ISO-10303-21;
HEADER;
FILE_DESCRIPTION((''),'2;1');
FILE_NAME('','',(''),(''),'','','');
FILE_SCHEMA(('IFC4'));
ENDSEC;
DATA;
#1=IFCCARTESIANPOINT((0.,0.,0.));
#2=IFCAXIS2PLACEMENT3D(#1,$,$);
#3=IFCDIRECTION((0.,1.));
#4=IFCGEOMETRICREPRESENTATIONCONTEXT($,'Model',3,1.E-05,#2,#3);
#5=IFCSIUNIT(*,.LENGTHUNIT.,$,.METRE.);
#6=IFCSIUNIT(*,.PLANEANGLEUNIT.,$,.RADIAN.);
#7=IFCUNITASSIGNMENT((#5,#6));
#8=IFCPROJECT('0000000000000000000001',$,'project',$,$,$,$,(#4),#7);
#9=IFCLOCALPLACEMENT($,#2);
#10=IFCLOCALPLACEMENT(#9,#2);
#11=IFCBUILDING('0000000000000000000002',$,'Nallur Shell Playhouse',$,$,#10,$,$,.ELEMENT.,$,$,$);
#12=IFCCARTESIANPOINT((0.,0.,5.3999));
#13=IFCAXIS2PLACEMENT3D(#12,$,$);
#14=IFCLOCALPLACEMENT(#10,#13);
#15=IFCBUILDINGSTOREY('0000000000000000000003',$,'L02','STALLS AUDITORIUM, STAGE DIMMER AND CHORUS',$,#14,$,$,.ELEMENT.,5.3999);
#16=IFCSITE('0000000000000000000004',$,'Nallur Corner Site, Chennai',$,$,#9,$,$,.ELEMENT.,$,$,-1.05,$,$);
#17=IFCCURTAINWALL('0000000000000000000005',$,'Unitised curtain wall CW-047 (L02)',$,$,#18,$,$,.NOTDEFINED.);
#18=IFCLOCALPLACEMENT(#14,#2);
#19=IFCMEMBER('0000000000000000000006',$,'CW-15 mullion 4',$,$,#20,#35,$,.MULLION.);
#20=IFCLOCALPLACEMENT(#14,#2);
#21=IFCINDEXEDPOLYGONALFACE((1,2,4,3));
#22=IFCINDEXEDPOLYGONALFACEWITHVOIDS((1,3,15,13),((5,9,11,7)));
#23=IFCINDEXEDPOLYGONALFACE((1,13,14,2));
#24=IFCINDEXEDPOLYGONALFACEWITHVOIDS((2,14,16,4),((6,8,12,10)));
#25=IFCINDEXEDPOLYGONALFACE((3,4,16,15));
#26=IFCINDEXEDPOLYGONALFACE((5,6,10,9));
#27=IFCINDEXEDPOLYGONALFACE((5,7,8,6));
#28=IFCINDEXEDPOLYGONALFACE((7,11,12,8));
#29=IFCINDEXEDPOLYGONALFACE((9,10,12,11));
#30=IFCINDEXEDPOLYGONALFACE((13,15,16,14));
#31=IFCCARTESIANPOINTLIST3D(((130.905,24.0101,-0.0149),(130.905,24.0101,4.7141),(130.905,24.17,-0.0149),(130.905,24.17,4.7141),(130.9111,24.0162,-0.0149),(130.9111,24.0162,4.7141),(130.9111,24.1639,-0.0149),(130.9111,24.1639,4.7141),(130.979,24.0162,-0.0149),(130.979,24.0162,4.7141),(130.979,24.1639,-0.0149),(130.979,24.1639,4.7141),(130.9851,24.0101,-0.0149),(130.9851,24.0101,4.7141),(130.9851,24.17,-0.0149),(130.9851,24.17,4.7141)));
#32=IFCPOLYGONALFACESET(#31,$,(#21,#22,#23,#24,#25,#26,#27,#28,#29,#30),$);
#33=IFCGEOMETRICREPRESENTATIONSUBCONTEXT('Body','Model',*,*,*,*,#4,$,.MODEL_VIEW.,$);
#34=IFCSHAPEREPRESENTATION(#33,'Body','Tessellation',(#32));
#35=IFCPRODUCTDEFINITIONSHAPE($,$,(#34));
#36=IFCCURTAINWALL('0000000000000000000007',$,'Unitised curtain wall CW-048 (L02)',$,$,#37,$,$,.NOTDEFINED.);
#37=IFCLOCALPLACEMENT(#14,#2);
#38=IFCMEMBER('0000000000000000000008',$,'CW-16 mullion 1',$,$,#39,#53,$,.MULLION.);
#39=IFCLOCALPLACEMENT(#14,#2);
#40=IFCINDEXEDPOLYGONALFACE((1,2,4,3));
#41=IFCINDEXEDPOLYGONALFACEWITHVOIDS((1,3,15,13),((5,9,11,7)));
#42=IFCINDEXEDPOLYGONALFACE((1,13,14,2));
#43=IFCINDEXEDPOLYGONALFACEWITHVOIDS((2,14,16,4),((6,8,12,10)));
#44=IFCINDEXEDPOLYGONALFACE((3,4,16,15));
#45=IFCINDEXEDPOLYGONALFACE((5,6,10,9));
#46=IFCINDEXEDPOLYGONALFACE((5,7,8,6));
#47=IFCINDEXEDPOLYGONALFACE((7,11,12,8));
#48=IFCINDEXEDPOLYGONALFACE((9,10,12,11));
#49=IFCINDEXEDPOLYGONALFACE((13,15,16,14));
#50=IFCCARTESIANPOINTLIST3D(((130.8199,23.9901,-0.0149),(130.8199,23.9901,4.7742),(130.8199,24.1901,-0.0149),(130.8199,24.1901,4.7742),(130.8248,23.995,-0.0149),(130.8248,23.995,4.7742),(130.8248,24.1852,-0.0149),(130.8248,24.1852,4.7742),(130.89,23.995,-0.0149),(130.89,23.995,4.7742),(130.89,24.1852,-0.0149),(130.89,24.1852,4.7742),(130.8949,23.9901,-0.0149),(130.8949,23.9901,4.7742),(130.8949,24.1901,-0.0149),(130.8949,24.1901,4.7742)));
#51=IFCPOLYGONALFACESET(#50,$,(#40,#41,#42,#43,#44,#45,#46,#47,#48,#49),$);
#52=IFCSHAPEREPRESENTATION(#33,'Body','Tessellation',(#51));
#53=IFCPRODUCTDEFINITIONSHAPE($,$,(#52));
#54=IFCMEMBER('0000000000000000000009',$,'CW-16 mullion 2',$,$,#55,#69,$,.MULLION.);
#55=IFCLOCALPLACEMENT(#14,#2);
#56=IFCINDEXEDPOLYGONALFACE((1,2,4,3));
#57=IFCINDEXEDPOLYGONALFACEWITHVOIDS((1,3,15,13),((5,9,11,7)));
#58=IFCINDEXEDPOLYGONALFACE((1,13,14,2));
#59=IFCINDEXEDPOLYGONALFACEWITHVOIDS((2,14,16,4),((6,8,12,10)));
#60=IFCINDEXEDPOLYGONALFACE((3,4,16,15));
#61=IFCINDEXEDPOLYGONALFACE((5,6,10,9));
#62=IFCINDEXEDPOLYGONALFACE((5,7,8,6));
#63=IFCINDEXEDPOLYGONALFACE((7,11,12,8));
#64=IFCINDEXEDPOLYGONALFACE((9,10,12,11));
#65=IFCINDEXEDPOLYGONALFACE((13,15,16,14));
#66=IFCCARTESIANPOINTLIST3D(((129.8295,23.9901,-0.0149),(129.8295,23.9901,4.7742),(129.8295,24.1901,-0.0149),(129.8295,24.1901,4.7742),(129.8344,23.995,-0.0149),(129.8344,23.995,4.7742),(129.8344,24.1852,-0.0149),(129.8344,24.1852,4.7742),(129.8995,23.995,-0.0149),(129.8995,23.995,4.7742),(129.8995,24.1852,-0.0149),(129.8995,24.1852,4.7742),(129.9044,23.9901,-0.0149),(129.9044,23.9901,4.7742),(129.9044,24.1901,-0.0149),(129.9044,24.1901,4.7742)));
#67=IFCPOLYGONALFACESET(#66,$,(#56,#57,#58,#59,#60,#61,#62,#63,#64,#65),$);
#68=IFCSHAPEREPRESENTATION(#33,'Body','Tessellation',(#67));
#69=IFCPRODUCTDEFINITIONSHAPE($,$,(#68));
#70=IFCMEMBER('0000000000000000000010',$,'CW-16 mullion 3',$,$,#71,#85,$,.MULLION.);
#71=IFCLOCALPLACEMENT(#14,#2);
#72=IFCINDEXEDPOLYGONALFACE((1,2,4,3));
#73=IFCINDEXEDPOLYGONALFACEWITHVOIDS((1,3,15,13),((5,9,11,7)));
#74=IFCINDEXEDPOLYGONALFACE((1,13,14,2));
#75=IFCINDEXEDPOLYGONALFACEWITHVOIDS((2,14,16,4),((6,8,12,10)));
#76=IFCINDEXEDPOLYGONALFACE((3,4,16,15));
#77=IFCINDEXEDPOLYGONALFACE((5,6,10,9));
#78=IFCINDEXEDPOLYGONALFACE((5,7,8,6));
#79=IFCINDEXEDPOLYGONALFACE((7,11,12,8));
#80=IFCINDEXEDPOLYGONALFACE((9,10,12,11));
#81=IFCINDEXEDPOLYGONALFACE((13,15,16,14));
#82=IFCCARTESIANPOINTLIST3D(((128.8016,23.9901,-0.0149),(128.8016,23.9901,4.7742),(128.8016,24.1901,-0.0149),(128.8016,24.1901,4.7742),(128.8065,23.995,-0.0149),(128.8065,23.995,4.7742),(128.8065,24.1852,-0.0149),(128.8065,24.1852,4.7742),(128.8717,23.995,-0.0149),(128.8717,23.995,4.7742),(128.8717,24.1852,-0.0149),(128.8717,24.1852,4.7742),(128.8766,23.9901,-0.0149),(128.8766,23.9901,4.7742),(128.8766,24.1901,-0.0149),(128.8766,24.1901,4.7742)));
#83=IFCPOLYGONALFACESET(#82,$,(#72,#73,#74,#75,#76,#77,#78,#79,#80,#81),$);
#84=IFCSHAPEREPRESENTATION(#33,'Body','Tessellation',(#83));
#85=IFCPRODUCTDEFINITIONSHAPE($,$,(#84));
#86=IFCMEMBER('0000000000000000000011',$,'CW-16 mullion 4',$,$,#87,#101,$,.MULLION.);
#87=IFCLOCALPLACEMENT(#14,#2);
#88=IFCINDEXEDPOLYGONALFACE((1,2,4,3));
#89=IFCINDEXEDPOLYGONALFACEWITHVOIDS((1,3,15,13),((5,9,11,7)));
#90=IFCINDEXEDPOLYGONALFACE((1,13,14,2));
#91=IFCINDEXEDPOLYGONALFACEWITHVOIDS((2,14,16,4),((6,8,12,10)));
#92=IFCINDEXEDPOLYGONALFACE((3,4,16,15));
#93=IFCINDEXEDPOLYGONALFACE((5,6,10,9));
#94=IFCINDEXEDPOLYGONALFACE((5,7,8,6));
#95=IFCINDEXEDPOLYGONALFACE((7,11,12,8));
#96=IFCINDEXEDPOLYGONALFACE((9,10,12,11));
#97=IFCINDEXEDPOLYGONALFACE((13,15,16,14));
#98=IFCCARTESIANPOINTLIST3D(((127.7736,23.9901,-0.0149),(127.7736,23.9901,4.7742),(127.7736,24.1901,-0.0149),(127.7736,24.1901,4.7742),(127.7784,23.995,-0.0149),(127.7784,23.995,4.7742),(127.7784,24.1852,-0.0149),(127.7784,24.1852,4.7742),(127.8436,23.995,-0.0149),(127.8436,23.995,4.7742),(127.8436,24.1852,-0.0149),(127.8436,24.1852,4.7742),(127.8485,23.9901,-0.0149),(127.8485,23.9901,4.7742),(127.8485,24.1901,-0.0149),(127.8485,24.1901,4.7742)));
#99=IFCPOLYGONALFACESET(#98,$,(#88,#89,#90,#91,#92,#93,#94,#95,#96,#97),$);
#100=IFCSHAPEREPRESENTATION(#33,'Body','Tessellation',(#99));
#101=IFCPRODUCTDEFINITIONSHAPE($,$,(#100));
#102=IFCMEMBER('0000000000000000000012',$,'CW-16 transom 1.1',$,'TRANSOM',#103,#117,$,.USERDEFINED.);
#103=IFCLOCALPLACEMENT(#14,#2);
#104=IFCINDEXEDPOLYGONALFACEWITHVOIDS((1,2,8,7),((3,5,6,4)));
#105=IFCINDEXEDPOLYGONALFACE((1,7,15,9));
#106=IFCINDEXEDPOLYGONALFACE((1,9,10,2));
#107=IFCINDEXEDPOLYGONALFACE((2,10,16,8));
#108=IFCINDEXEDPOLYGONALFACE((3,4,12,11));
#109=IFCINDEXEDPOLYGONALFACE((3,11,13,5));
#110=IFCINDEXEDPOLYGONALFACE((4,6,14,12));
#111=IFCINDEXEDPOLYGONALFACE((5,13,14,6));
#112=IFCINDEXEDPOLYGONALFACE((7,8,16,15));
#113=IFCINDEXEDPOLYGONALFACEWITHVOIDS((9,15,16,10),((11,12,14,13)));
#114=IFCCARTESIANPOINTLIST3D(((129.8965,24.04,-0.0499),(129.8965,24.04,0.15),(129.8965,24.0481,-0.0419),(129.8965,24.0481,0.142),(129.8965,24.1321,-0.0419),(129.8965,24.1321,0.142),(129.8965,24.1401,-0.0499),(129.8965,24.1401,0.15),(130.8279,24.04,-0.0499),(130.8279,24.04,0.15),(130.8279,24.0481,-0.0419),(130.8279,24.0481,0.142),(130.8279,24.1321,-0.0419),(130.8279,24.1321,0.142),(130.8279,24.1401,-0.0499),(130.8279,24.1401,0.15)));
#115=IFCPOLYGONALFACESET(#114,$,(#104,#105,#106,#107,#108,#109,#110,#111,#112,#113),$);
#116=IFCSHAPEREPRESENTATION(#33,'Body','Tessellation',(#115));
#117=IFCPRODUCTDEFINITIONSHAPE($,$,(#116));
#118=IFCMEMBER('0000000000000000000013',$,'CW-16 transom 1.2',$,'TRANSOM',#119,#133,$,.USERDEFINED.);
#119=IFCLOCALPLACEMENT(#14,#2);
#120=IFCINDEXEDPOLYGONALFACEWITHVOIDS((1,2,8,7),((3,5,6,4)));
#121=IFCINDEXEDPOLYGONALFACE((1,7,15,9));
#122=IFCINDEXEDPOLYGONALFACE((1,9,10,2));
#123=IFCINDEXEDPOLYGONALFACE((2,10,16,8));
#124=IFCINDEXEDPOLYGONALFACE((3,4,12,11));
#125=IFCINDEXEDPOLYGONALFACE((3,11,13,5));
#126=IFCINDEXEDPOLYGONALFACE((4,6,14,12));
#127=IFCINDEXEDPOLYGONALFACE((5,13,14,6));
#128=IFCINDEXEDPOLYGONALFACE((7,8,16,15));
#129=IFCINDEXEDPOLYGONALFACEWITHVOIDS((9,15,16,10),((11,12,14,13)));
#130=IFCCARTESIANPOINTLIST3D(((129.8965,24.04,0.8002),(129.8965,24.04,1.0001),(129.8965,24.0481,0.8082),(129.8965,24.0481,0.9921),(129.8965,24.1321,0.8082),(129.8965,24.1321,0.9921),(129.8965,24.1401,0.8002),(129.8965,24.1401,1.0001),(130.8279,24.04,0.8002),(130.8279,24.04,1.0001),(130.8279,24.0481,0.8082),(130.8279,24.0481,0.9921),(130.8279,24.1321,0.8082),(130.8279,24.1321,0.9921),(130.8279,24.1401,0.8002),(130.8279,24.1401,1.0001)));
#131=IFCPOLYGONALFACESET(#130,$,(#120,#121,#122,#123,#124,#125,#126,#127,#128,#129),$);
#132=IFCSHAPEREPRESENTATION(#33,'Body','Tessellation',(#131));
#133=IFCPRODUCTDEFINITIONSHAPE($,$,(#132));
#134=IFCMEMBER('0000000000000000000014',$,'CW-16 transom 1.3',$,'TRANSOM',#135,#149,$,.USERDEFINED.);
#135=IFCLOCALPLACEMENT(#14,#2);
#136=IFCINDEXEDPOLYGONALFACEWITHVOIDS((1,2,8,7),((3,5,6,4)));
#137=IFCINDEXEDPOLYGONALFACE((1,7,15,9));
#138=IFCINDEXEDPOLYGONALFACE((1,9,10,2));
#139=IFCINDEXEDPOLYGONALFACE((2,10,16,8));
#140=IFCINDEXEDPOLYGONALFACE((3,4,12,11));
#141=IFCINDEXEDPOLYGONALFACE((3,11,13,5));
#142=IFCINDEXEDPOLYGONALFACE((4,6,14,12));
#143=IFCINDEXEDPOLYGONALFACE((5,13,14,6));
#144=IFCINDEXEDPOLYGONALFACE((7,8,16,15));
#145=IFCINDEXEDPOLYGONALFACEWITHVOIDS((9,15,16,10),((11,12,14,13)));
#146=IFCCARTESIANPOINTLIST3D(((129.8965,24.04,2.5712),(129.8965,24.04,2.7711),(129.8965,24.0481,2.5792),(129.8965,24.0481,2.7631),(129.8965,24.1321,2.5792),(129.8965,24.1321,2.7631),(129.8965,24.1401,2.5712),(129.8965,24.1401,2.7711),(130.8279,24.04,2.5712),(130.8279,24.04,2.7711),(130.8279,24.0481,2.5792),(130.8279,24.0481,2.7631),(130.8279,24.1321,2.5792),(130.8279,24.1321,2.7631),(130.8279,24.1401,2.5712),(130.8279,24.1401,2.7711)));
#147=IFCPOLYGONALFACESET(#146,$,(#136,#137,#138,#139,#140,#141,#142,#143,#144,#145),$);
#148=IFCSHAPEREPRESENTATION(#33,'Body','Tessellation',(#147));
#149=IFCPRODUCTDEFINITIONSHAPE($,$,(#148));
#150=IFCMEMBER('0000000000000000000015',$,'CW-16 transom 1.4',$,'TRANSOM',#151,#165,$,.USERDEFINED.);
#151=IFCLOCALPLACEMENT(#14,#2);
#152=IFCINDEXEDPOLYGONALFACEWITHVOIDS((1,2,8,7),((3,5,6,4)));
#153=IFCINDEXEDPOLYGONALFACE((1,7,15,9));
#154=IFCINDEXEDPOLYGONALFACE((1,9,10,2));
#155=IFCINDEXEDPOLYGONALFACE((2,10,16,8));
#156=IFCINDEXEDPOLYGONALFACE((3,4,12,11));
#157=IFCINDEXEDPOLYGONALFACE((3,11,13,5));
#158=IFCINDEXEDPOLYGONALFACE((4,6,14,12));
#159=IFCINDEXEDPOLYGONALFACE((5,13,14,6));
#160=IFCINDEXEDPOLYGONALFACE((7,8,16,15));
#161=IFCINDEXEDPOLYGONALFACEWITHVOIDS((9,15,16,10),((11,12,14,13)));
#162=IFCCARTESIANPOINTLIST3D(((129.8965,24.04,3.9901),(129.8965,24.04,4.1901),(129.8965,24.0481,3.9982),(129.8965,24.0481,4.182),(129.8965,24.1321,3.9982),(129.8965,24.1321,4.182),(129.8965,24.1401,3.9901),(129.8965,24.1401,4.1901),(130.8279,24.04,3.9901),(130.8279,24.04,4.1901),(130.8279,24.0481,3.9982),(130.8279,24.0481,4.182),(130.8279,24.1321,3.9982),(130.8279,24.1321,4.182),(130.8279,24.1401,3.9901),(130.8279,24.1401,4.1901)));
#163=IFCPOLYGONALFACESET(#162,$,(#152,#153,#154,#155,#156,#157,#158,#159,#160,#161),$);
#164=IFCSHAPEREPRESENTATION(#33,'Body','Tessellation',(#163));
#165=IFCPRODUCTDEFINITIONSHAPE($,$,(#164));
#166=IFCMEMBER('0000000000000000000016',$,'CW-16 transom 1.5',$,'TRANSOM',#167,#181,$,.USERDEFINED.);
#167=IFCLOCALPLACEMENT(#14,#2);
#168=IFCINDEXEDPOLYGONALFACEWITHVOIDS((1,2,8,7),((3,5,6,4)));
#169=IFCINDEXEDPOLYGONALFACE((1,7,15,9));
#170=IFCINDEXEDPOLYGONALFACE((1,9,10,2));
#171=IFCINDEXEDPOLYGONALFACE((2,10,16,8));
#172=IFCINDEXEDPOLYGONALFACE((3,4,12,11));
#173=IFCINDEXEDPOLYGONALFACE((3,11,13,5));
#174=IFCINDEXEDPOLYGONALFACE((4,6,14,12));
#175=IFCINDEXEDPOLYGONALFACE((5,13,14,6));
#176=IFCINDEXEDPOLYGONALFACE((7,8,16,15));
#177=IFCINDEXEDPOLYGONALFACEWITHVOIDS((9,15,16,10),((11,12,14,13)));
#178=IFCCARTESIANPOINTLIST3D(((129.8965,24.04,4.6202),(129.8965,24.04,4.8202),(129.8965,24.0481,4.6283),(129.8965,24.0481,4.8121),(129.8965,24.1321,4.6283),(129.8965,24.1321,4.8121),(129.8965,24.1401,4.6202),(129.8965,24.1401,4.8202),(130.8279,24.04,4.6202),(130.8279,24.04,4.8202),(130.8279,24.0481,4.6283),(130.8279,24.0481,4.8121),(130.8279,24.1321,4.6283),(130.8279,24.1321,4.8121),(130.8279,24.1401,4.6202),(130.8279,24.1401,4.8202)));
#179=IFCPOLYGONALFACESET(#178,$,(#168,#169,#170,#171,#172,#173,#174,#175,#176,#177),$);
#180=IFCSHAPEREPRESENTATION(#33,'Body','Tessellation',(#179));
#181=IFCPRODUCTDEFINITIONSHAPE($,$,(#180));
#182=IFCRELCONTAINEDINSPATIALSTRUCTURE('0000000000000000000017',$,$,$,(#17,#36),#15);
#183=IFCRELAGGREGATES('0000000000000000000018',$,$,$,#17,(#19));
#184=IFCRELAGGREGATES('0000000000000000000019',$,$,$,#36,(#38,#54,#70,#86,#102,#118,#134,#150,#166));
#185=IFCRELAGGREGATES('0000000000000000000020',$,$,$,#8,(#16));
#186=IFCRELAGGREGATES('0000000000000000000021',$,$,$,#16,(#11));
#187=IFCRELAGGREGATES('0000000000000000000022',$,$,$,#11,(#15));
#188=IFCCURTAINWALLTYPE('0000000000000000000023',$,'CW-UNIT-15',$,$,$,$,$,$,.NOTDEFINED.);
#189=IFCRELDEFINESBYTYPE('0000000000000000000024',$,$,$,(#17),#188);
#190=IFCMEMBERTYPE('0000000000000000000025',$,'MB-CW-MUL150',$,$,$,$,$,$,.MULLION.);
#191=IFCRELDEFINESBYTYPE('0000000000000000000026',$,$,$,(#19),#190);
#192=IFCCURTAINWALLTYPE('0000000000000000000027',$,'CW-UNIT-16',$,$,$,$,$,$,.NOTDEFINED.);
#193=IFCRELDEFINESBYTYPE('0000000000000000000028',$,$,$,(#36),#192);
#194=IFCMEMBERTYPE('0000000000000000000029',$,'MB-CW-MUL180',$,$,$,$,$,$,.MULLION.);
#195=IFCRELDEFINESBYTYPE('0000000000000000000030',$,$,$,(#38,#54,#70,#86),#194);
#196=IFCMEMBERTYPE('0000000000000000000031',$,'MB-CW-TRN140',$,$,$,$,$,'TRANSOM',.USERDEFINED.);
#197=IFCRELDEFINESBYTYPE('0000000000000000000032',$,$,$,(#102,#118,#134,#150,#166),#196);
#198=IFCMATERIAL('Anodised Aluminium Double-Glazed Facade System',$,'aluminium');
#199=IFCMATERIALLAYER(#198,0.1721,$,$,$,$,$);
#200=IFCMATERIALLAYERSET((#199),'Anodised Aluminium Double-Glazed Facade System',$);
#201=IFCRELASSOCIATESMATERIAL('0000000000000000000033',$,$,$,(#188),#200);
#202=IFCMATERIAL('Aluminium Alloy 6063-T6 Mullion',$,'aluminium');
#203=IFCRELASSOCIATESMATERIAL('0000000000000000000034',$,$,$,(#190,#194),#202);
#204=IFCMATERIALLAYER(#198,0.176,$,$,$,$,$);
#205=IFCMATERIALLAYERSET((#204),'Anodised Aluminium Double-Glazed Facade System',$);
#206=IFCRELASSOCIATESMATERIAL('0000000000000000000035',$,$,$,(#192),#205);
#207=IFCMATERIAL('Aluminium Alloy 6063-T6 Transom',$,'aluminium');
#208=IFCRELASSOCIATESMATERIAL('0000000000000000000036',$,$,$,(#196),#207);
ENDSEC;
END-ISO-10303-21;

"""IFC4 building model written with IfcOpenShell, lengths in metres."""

from ifc_helpers import new_model, si_unit, direction, frame, origin, origin_2d, place, context, subcontext, project, spatial, hollow_rectangle, extrude, material, layer, layer_set, material_profile, profile_set, type_object, element, aggregate, save


model = new_model("IFC4")

# Units and contexts
model_context = context("Model", 3, precision=1e-05, world=origin(), true_north=direction((0.0, 1.0)))
body_context = subcontext(model_context, "Body", "Model", "MODEL_VIEW")
ifc_project = project(units=[si_unit("LENGTHUNIT", "METRE"), si_unit("PLANEANGLEUNIT", "RADIAN")], contexts=[model_context])

# Site, building, storey
site_placement = place(None, origin())
site = spatial("IfcSite", under=ifc_project, at=site_placement, Name="Nallur Corner Site, Chennai", CompositionType="ELEMENT", RefElevation=-1.05)
building_placement = place(site_placement, origin())
building = spatial("IfcBuilding", under=site, at=building_placement, Name="Nallur Shell Playhouse", CompositionType="ELEMENT")
storey_placement = place(building_placement, frame((0.0, 0.0, 5.3999)))
storey = spatial("IfcBuildingStorey", under=building, at=storey_placement, Name="L02", Description="STALLS AUDITORIUM, STAGE DIMMER AND CHORUS", CompositionType="ELEMENT", Elevation=5.3999)

# Curtain wall, member
ifc_material_1 = material(Name="Anodised Aluminium Double-Glazed Facade System", Category="aluminium")
ifc_layer_1 = layer(ifc_material_1, 0.1721)
ifc_layer_set_1 = layer_set([ifc_layer_1], Name="Anodised Aluminium Double-Glazed Facade System")
curtain_wall_type_1 = type_object("IfcCurtainWallType", Name="CW-UNIT-15", PredefinedType="NOTDEFINED", material=ifc_layer_set_1)
curtain_wall_1_placement = place(storey_placement, origin())
curtain_wall_1 = element("IfcCurtainWall", 1, at=curtain_wall_1_placement, inside=storey, type_object=curtain_wall_type_1, Name="Unitised curtain wall CW-047 (L02)", PredefinedType="NOTDEFINED")
ifc_material_2 = material(Name="Aluminium Alloy 6063-T6 Mullion", Category="aluminium")
ifc_material_profile_1 = material_profile(ifc_material_2, hollow_rectangle(XDim=0.0801, YDim=0.1599, WallThickness=0.0061, at=origin_2d()), Name="RHS 160x80x6")
ifc_profile_set_1 = profile_set([ifc_material_profile_1], Name="Aluminium Alloy 6063-T6 Mullion")
member_type_1 = type_object("IfcMemberType", Name="MB-CW-MUL150", PredefinedType="MULLION", material=ifc_profile_set_1)
member_1_placement = place(storey_placement, frame((130.9451, 24.0901, -0.0149), z_axis=(0.0, 0.0, 1.0), x_axis=(-1.0, 0.0, 0.0)))
member_1 = element("IfcMember", 2, at=member_1_placement, type_object=member_type_1, Name="CW-15 mullion 4", PredefinedType="MULLION", context=body_context, shape_type="SweptSolid", body=[
    extrude(hollow_rectangle(XDim=0.0801, YDim=0.1599, WallThickness=0.0061, at=origin_2d()), origin(), (0.0, 0.0, 1.0), 4.729),
])

# Curtain wall, members
ifc_layer_2 = layer(ifc_material_1, 0.176)
ifc_layer_set_2 = layer_set([ifc_layer_2], Name="Anodised Aluminium Double-Glazed Facade System")
curtain_wall_type_2 = type_object("IfcCurtainWallType", Name="CW-UNIT-16", PredefinedType="NOTDEFINED", material=ifc_layer_set_2)
curtain_wall_2_placement = place(storey_placement, origin())
curtain_wall_2 = element("IfcCurtainWall", 3, at=curtain_wall_2_placement, inside=storey, type_object=curtain_wall_type_2, Name="Unitised curtain wall CW-048 (L02)", PredefinedType="NOTDEFINED")
ifc_material_profile_2 = material_profile(ifc_material_2, hollow_rectangle(XDim=0.075, YDim=0.2, WallThickness=0.0049, at=origin_2d()), Name="ALU 75x200x5")
ifc_profile_set_2 = profile_set([ifc_material_profile_2], Name="Aluminium Alloy 6063-T6 Mullion")
member_type_2 = type_object("IfcMemberType", Name="MB-CW-MUL180", PredefinedType="MULLION", material=ifc_profile_set_2)
member_2_placement = place(storey_placement, frame((130.8574, 24.0901, -0.0149), z_axis=(0.0, 0.0, 1.0), x_axis=(-1.0, 0.0, 0.0)))
member_2 = element("IfcMember", 4, at=member_2_placement, type_object=member_type_2, Name="CW-16 mullion 1", PredefinedType="MULLION", context=body_context, shape_type="SweptSolid", body=[
    extrude(hollow_rectangle(XDim=0.075, YDim=0.2, WallThickness=0.0049, at=origin_2d()), origin(), (0.0, 0.0, 1.0), 4.7891),
])
member_3_placement = place(storey_placement, frame((129.8669, 24.0901, -0.0149), z_axis=(0.0, 0.0, 1.0), x_axis=(-1.0, 0.0, 0.0)))
member_3 = element("IfcMember", 5, at=member_3_placement, type_object=member_type_2, Name="CW-16 mullion 2", PredefinedType="MULLION", context=body_context, shape_type="SweptSolid", body=[
    extrude(hollow_rectangle(XDim=0.075, YDim=0.2, WallThickness=0.0049, at=origin_2d()), origin(), (0.0, 0.0, 1.0), 4.7891),
])
member_4_placement = place(storey_placement, frame((128.8391, 24.0901, -0.0149), z_axis=(0.0, 0.0, 1.0), x_axis=(-1.0, 0.0, 0.0)))
member_4 = element("IfcMember", 6, at=member_4_placement, type_object=member_type_2, Name="CW-16 mullion 3", PredefinedType="MULLION", context=body_context, shape_type="SweptSolid", body=[
    extrude(hollow_rectangle(XDim=0.075, YDim=0.2, WallThickness=0.0049, at=origin_2d()), origin(), (0.0, 0.0, 1.0), 4.7891),
])
member_5_placement = place(storey_placement, frame((127.811, 24.0901, -0.0149), z_axis=(0.0, 0.0, 1.0), x_axis=(-1.0, 0.0, 0.0)))
member_5 = element("IfcMember", 7, at=member_5_placement, type_object=member_type_2, Name="CW-16 mullion 4", PredefinedType="MULLION", context=body_context, shape_type="SweptSolid", body=[
    extrude(hollow_rectangle(XDim=0.075, YDim=0.2, WallThickness=0.0049, at=origin_2d()), origin(), (0.0, 0.0, 1.0), 4.7891),
])
ifc_material_3 = material(Name="Aluminium Alloy 6063-T6 Transom", Category="aluminium")
ifc_material_profile_3 = material_profile(ifc_material_3, hollow_rectangle(XDim=0.1001, YDim=0.2, WallThickness=0.0081, at=origin_2d()), Name="RHS 200x100x8")
ifc_profile_set_3 = profile_set([ifc_material_profile_3], Name="Aluminium Alloy 6063-T6 Transom")
member_type_3 = type_object("IfcMemberType", Name="MB-CW-TRN140", ElementType="TRANSOM", PredefinedType="USERDEFINED", material=ifc_profile_set_3)
member_6_placement = place(storey_placement, frame((130.8279, 24.0901, 0.05), z_axis=(-1.0, 0.0, 0.0), x_axis=(0.0, -1.0, 0.0)))
member_6 = element("IfcMember", 8, at=member_6_placement, type_object=member_type_3, Name="CW-16 transom 1.1", ObjectType="TRANSOM", PredefinedType="USERDEFINED", context=body_context, shape_type="SweptSolid", body=[
    extrude(hollow_rectangle(XDim=0.1001, YDim=0.2, WallThickness=0.0081, at=origin_2d()), origin(), (0.0, 0.0, 1.0), 0.9314),
])
member_7_placement = place(storey_placement, frame((130.8279, 24.0901, 0.9001), z_axis=(-1.0, 0.0, 0.0), x_axis=(0.0, -1.0, 0.0)))
member_7 = element("IfcMember", 9, at=member_7_placement, type_object=member_type_3, Name="CW-16 transom 1.2", ObjectType="TRANSOM", PredefinedType="USERDEFINED", context=body_context, shape_type="SweptSolid", body=[
    extrude(hollow_rectangle(XDim=0.1001, YDim=0.2, WallThickness=0.0081, at=origin_2d()), origin(), (0.0, 0.0, 1.0), 0.9314),
])
member_8_placement = place(storey_placement, frame((130.8279, 24.0901, 2.6711), z_axis=(-1.0, 0.0, 0.0), x_axis=(0.0, -1.0, 0.0)))
member_8 = element("IfcMember", 10, at=member_8_placement, type_object=member_type_3, Name="CW-16 transom 1.3", ObjectType="TRANSOM", PredefinedType="USERDEFINED", context=body_context, shape_type="SweptSolid", body=[
    extrude(hollow_rectangle(XDim=0.1001, YDim=0.2, WallThickness=0.0081, at=origin_2d()), origin(), (0.0, 0.0, 1.0), 0.9314),
])
member_9_placement = place(storey_placement, frame((130.8279, 24.0901, 4.0901), z_axis=(-1.0, 0.0, 0.0), x_axis=(0.0, -1.0, 0.0)))
member_9 = element("IfcMember", 11, at=member_9_placement, type_object=member_type_3, Name="CW-16 transom 1.4", ObjectType="TRANSOM", PredefinedType="USERDEFINED", context=body_context, shape_type="SweptSolid", body=[
    extrude(hollow_rectangle(XDim=0.1001, YDim=0.2, WallThickness=0.0081, at=origin_2d()), origin(), (0.0, 0.0, 1.0), 0.9314),
])
member_10_placement = place(storey_placement, frame((130.8279, 24.0901, 4.7202), z_axis=(-1.0, 0.0, 0.0), x_axis=(0.0, -1.0, 0.0)))
member_10 = element("IfcMember", 12, at=member_10_placement, type_object=member_type_3, Name="CW-16 transom 1.5", ObjectType="TRANSOM", PredefinedType="USERDEFINED", context=body_context, shape_type="SweptSolid", body=[
    extrude(hollow_rectangle(XDim=0.1001, YDim=0.2, WallThickness=0.0081, at=origin_2d()), origin(), (0.0, 0.0, 1.0), 0.9314),
])

aggregate(curtain_wall_1, [member_1])
aggregate(curtain_wall_2, [member_2, member_3, member_4, member_5, member_6, member_7, member_8, member_9, member_10])

save(model, "model.ifc")
